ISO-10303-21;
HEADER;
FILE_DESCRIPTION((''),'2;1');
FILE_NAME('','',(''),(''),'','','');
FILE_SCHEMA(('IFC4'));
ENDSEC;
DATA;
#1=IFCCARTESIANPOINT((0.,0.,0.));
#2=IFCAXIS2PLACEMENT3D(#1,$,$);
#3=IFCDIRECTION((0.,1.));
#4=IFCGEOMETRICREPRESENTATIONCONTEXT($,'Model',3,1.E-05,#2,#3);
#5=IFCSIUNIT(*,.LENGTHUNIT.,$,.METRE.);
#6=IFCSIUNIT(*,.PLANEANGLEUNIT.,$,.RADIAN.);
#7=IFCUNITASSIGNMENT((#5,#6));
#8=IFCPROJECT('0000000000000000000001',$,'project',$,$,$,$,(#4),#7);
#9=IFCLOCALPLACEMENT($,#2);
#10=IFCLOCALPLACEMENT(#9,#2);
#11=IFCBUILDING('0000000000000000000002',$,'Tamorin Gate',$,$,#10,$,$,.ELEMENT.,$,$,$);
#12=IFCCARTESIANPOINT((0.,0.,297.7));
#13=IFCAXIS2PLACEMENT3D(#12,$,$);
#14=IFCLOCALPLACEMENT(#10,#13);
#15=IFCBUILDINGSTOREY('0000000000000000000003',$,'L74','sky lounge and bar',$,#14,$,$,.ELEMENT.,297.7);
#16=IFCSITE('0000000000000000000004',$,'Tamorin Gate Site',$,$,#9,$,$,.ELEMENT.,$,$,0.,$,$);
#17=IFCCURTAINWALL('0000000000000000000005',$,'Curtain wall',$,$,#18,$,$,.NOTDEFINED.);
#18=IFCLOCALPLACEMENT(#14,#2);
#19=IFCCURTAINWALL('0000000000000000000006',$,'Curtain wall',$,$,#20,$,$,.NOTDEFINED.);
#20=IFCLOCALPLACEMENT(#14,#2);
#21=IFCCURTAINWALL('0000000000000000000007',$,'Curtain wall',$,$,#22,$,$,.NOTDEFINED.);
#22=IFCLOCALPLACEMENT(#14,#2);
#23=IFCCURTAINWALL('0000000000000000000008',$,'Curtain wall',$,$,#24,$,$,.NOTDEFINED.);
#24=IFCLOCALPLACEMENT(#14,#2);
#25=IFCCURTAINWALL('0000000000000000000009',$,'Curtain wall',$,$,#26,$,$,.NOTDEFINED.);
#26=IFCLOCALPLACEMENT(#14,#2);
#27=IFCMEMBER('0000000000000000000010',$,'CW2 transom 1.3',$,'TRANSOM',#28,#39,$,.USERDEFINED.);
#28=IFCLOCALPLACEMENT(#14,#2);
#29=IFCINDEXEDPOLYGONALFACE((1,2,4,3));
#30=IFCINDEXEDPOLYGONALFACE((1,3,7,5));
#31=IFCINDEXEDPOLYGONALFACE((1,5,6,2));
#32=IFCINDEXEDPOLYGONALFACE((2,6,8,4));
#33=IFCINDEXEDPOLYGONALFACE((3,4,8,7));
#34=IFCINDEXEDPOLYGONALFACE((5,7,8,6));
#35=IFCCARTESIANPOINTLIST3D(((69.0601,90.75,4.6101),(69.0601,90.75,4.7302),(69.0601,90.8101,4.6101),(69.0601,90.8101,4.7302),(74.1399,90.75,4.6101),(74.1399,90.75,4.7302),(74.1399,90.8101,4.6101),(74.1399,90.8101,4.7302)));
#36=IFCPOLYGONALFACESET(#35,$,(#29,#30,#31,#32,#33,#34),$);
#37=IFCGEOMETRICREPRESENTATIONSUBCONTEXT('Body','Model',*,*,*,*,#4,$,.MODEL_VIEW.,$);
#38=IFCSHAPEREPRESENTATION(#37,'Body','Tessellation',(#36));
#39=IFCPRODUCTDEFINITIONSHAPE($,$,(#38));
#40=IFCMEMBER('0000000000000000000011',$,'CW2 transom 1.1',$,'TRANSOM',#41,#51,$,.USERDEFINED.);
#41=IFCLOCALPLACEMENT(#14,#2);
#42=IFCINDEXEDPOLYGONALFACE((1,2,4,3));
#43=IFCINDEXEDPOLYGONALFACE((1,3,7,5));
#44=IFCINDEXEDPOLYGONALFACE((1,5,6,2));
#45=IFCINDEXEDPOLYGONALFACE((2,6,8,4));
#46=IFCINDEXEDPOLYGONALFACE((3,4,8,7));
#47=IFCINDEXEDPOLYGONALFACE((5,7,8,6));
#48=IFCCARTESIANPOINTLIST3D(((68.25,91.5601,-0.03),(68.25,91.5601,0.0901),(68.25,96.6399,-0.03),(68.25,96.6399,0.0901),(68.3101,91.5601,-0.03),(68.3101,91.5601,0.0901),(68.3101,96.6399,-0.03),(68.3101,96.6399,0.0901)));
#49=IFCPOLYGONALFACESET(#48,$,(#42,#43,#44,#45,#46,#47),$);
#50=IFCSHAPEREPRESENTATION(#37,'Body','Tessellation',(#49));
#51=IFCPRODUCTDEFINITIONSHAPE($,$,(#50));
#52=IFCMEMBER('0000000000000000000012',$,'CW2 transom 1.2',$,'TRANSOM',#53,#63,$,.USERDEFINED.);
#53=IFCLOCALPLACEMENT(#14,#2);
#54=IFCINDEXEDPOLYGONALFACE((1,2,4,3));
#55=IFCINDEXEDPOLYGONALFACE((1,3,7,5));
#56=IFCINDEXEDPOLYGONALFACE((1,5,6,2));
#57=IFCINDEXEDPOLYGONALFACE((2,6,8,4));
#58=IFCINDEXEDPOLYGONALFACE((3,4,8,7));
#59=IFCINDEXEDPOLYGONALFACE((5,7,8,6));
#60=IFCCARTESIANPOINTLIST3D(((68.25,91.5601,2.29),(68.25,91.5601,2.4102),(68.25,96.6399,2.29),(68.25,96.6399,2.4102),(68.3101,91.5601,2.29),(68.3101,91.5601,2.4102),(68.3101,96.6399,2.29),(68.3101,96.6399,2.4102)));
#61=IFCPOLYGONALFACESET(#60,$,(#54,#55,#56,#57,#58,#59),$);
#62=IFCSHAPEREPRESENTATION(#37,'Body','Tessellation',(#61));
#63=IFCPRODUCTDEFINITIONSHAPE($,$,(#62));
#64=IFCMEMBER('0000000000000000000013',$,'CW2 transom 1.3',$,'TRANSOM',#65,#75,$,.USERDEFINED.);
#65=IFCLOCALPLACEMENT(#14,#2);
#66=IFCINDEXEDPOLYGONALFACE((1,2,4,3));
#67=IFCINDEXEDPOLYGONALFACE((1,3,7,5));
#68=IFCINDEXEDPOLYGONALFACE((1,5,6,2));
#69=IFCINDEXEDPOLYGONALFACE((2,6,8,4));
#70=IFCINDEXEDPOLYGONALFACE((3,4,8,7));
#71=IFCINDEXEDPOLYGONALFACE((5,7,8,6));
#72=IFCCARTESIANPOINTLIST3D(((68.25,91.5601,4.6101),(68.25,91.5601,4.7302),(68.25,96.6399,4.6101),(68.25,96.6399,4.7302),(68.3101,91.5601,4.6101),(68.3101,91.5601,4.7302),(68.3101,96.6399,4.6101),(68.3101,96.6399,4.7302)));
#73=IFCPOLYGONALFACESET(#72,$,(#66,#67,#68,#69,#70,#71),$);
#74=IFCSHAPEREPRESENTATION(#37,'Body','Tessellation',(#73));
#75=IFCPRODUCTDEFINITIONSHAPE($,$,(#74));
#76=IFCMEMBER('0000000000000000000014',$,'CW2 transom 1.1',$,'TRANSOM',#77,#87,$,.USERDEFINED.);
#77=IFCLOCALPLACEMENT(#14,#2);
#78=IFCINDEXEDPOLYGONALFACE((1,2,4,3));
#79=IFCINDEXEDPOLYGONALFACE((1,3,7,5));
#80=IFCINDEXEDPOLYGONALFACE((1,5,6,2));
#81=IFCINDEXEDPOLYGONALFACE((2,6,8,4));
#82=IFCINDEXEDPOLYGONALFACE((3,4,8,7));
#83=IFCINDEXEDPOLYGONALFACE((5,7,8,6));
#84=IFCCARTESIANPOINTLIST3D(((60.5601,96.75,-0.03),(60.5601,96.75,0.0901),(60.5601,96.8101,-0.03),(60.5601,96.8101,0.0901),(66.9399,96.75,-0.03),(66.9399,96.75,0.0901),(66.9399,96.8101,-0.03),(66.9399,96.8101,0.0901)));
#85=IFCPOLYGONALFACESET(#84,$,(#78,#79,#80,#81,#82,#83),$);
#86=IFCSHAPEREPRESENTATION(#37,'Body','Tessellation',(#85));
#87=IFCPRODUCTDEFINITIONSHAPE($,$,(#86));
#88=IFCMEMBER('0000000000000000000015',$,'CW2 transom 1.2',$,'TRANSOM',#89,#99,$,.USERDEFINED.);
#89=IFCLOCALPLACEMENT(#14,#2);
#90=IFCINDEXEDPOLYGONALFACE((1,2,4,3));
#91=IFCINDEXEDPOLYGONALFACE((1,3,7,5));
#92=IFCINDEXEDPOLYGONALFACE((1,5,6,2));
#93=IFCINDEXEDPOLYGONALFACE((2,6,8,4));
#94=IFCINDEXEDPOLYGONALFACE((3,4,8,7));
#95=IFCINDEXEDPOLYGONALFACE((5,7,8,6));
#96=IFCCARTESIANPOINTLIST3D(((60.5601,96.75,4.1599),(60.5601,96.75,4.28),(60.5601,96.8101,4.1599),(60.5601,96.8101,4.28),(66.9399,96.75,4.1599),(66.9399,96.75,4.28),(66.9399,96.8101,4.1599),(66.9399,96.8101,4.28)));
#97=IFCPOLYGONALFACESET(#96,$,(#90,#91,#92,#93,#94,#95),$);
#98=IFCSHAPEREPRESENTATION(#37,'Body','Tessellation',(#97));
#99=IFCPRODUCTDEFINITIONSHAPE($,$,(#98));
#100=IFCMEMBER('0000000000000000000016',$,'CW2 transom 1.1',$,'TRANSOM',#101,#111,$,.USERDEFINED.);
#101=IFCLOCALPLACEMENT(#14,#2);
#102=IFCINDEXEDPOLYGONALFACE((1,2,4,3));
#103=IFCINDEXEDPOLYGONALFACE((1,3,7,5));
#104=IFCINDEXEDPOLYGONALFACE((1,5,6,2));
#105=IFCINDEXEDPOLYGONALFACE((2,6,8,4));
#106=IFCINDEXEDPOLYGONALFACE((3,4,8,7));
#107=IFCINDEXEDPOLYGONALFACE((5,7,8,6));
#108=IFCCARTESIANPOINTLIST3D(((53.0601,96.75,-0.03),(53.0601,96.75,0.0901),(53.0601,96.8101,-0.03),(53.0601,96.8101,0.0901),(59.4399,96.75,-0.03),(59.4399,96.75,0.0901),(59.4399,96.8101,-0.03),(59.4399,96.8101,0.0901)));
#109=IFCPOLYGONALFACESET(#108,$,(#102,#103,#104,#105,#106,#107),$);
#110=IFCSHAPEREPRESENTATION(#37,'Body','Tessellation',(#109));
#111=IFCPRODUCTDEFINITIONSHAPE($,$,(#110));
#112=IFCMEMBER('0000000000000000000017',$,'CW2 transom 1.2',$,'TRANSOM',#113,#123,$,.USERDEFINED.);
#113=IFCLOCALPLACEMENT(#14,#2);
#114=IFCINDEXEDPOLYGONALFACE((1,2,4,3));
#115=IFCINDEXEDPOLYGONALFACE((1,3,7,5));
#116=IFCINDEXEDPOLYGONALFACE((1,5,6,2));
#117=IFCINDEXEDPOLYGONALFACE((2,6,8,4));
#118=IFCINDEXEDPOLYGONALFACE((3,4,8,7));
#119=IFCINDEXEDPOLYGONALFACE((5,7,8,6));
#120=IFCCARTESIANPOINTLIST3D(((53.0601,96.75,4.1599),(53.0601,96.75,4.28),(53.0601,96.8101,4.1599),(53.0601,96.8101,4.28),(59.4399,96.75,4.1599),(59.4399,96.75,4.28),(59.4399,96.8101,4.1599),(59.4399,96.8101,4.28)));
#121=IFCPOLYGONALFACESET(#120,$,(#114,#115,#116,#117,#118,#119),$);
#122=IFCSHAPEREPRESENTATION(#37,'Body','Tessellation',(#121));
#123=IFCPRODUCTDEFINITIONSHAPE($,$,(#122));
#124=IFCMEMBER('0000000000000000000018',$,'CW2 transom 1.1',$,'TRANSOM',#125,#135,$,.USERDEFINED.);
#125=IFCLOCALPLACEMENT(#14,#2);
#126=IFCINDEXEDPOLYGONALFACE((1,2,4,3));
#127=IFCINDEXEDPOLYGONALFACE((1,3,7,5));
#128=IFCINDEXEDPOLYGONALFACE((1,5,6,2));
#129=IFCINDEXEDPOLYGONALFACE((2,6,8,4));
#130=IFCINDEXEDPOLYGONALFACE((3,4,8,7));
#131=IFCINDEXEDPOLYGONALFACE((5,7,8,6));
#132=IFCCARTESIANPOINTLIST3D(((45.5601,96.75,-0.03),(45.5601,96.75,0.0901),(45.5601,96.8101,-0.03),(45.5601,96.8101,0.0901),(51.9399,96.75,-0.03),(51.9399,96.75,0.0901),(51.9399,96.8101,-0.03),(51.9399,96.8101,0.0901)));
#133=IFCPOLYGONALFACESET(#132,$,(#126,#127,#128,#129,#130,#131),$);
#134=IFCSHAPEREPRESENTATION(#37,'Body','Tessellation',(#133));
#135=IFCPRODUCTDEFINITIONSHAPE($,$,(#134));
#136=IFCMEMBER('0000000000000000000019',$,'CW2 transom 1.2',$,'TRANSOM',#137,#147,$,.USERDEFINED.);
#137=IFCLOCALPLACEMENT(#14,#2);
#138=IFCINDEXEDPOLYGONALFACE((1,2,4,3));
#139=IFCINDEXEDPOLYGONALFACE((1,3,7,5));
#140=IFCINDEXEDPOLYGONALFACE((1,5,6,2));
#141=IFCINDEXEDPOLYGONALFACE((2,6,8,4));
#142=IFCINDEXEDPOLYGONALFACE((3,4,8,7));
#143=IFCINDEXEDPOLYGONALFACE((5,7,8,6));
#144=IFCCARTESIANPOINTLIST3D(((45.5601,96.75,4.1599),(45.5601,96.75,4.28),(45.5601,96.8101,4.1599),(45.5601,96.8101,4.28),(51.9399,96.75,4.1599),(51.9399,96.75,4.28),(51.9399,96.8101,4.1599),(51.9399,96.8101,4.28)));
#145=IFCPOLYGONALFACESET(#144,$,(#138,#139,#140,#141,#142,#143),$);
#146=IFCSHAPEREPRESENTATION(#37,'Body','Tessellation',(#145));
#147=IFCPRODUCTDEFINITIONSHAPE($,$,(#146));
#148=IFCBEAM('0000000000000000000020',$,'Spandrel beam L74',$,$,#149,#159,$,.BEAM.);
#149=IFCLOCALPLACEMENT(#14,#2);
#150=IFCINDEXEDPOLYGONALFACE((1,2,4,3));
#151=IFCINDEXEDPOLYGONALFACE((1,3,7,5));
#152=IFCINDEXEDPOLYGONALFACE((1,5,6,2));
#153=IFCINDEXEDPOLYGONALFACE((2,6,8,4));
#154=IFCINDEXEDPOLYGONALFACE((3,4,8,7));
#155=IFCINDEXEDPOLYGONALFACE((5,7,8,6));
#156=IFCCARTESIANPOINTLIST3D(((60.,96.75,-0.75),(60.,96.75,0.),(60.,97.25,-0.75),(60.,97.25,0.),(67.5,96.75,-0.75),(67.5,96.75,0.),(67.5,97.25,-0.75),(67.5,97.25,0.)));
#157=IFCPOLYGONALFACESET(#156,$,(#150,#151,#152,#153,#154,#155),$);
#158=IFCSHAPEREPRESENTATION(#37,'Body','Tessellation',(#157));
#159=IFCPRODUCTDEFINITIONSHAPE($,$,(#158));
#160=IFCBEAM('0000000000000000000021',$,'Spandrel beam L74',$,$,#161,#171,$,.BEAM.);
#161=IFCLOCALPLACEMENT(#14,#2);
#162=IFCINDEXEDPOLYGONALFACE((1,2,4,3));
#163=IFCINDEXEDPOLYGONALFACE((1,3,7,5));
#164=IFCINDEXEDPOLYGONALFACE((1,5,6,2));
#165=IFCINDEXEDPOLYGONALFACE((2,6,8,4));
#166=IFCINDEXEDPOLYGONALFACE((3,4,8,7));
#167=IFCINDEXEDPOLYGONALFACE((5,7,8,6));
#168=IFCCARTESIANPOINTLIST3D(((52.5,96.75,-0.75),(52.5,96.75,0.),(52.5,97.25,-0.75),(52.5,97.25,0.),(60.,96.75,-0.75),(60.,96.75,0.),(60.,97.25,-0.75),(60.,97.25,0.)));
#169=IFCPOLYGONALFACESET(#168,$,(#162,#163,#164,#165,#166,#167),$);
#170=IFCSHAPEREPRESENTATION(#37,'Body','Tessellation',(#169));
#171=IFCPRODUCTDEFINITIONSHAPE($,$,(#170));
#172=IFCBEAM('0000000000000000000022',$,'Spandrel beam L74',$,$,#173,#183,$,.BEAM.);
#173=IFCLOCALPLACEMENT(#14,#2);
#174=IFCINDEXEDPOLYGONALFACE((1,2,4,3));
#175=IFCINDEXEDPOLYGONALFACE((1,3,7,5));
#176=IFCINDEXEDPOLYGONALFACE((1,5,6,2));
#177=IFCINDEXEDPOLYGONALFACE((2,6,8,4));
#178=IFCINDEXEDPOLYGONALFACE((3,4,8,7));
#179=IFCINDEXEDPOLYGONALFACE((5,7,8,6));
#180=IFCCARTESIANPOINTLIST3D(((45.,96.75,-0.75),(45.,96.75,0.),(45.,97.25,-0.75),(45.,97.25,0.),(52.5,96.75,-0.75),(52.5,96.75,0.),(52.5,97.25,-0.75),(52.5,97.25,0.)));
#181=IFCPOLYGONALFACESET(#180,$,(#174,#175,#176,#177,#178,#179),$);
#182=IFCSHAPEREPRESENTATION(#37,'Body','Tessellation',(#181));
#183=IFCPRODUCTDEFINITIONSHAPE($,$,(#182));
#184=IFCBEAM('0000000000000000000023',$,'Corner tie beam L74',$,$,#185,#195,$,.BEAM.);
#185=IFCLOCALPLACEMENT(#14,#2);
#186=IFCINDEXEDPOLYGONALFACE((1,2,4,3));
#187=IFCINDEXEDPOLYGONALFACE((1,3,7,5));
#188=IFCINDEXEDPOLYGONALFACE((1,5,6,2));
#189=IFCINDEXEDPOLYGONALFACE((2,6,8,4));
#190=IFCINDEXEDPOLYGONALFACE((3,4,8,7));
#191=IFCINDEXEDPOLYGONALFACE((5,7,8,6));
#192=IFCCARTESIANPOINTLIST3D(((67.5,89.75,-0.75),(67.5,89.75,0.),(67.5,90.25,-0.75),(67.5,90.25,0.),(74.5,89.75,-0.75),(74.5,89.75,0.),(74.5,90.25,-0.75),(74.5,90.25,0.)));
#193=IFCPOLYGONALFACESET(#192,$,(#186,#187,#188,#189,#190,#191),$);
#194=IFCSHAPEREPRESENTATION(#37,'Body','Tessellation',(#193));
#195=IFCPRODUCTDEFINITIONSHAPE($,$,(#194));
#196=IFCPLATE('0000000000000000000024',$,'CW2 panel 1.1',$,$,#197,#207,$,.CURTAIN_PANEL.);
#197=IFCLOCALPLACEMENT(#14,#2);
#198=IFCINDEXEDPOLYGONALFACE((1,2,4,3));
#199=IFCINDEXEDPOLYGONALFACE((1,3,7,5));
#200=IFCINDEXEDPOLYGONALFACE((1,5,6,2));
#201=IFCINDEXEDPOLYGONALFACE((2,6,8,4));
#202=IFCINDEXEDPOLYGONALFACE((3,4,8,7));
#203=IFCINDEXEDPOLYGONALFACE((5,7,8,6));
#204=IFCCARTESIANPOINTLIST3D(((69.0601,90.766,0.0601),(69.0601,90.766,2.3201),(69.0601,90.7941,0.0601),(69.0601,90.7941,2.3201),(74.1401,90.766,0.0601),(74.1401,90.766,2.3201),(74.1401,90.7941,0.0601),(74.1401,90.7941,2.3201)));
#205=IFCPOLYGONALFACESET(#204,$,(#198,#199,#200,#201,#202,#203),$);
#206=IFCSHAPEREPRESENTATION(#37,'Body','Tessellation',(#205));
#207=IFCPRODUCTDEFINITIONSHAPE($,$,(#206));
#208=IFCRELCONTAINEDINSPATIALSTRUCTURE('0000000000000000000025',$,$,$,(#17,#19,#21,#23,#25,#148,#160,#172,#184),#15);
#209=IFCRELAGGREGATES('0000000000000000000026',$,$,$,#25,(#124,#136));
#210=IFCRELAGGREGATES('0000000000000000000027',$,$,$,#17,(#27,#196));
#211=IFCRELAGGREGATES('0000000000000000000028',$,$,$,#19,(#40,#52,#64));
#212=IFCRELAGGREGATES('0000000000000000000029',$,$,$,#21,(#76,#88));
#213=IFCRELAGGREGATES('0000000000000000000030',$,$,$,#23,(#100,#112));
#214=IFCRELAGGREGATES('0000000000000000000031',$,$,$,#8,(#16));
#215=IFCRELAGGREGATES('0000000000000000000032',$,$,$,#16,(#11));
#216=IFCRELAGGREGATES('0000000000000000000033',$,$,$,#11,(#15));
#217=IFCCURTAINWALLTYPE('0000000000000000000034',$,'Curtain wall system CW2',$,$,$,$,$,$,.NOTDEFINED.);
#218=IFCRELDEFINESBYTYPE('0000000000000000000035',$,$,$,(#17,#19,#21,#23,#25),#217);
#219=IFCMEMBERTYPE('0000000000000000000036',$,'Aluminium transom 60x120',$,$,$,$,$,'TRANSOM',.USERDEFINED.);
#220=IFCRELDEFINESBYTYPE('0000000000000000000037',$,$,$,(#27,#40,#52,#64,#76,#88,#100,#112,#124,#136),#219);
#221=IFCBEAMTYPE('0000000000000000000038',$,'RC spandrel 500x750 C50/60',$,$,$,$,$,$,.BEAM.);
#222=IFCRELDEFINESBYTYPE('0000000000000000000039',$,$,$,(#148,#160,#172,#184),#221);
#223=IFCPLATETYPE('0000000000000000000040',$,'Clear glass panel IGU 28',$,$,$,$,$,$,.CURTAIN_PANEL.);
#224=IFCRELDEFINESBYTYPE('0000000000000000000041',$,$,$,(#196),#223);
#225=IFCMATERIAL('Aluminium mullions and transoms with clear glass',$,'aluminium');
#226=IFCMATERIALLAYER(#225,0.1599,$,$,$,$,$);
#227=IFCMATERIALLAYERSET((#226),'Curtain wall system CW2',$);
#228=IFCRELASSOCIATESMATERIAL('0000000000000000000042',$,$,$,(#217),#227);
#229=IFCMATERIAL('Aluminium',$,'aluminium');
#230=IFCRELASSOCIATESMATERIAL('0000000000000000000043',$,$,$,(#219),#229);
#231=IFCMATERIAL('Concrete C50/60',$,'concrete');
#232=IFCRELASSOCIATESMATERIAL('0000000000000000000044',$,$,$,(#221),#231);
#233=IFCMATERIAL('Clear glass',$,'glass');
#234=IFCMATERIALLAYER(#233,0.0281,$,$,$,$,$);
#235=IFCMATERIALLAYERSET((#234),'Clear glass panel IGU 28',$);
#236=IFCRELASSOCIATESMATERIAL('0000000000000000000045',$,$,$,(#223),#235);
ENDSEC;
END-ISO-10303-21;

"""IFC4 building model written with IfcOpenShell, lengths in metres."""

from ifc_helpers import new_model, si_unit, direction, frame, origin, origin_2d, place, context, subcontext, project, spatial, rectangle, extrude, material, layer, layer_set, material_profile, profile_set, type_object, element, aggregate, save


model = new_model("IFC4")

# Units and contexts
model_context = context("Model", 3, precision=1e-05, world=origin(), true_north=direction((0.0, 1.0)))
body_context = subcontext(model_context, "Body", "Model", "MODEL_VIEW")
ifc_project = project(units=[si_unit("LENGTHUNIT", "METRE"), si_unit("PLANEANGLEUNIT", "RADIAN")], contexts=[model_context])

# Site, building, storey
site_placement = place(None, origin())
site = spatial("IfcSite", under=ifc_project, at=site_placement, Name="Tamorin Gate Site", CompositionType="ELEMENT", RefElevation=0.0)
building_placement = place(site_placement, origin())
building = spatial("IfcBuilding", under=site, at=building_placement, Name="Tamorin Gate", CompositionType="ELEMENT")
storey_placement = place(building_placement, frame((0.0, 0.0, 297.7)))
storey = spatial("IfcBuildingStorey", under=building, at=storey_placement, Name="L74", Description="sky lounge and bar", CompositionType="ELEMENT", Elevation=297.7)

# Shared definitions
ifc_material_1 = material(Name="Concrete C50/60", Category="concrete")

# Curtain walls
ifc_material_2 = material(Name="Aluminium mullions and transoms with clear glass", Category="aluminium")
ifc_layer_1 = layer(ifc_material_2, 0.1599)
ifc_layer_set_1 = layer_set([ifc_layer_1], Name="Curtain wall system CW2")
curtain_wall_type = type_object("IfcCurtainWallType", Name="Curtain wall system CW2", PredefinedType="NOTDEFINED", material=ifc_layer_set_1)
curtain_wall_1_placement = place(storey_placement, origin())
curtain_wall_1 = element("IfcCurtainWall", 1, at=curtain_wall_1_placement, inside=storey, type_object=curtain_wall_type, Name="Curtain wall", PredefinedType="NOTDEFINED")
ifc_material_3 = material(Name="Aluminium", Category="aluminium")
curtain_wall_2_placement = place(storey_placement, origin())
curtain_wall_2 = element("IfcCurtainWall", 2, at=curtain_wall_2_placement, inside=storey, type_object=curtain_wall_type, Name="Curtain wall", PredefinedType="NOTDEFINED")
curtain_wall_3_placement = place(storey_placement, origin())
curtain_wall_3 = element("IfcCurtainWall", 3, at=curtain_wall_3_placement, inside=storey, type_object=curtain_wall_type, Name="Curtain wall", PredefinedType="NOTDEFINED")
curtain_wall_4_placement = place(storey_placement, origin())
curtain_wall_4 = element("IfcCurtainWall", 4, at=curtain_wall_4_placement, inside=storey, type_object=curtain_wall_type, Name="Curtain wall", PredefinedType="NOTDEFINED")

# Curtain wall
curtain_wall_5_placement = place(storey_placement, origin())
curtain_wall_5 = element("IfcCurtainWall", 5, at=curtain_wall_5_placement, inside=storey, type_object=curtain_wall_type, Name="Curtain wall", PredefinedType="NOTDEFINED")

# Members
ifc_material_profile_1 = material_profile(ifc_material_3, rectangle(XDim=0.0601, YDim=0.1201, at=origin_2d()), Name="RECT 60x120")
ifc_profile_set_1 = profile_set([ifc_material_profile_1], Name="Aluminium")
member_type_1 = type_object("IfcMemberType", Name="Aluminium transom 60x120", ElementType="TRANSOM", PredefinedType="USERDEFINED", material=ifc_profile_set_1)
member_1_placement = place(storey_placement, frame((74.1399, 90.78, 4.6702), z_axis=(-1.0, 0.0, 0.0), x_axis=(0.0, -1.0, 0.0)))
member_1 = element("IfcMember", 6, at=member_1_placement, type_object=member_type_1, Name="CW2 transom 1.3", ObjectType="TRANSOM", PredefinedType="USERDEFINED", context=body_context, shape_type="SweptSolid", body=[
    extrude(rectangle(XDim=0.0601, YDim=0.1201, at=origin_2d()), origin(), (0.0, 0.0, 1.0), 5.0798),
])
member_2_placement = place(storey_placement, frame((68.28, 91.5601, 0.03), z_axis=(0.0, 1.0, 0.0), x_axis=(-1.0, 0.0, 0.0)))
member_2 = element("IfcMember", 7, at=member_2_placement, type_object=member_type_1, Name="CW2 transom 1.1", ObjectType="TRANSOM", PredefinedType="USERDEFINED", context=body_context, shape_type="SweptSolid", body=[
    extrude(rectangle(XDim=0.0601, YDim=0.1201, at=origin_2d()), origin(), (0.0, 0.0, 1.0), 5.0798),
])
member_3_placement = place(storey_placement, frame((68.28, 91.5601, 2.3501), z_axis=(0.0, 1.0, 0.0), x_axis=(-1.0, 0.0, 0.0)))
member_3 = element("IfcMember", 8, at=member_3_placement, type_object=member_type_1, Name="CW2 transom 1.2", ObjectType="TRANSOM", PredefinedType="USERDEFINED", context=body_context, shape_type="SweptSolid", body=[
    extrude(rectangle(XDim=0.0601, YDim=0.1201, at=origin_2d()), origin(), (0.0, 0.0, 1.0), 5.0798),
])
member_4_placement = place(storey_placement, frame((68.28, 91.5601, 4.6702), z_axis=(0.0, 1.0, 0.0), x_axis=(-1.0, 0.0, 0.0)))
member_4 = element("IfcMember", 9, at=member_4_placement, type_object=member_type_1, Name="CW2 transom 1.3", ObjectType="TRANSOM", PredefinedType="USERDEFINED", context=body_context, shape_type="SweptSolid", body=[
    extrude(rectangle(XDim=0.0601, YDim=0.1201, at=origin_2d()), origin(), (0.0, 0.0, 1.0), 5.0798),
])
member_5_placement = place(storey_placement, frame((66.9399, 96.78, 0.03), z_axis=(-1.0, 0.0, 0.0), x_axis=(0.0, -1.0, 0.0)))
member_5 = element("IfcMember", 10, at=member_5_placement, type_object=member_type_1, Name="CW2 transom 1.1", ObjectType="TRANSOM", PredefinedType="USERDEFINED", context=body_context, shape_type="SweptSolid", body=[
    extrude(rectangle(XDim=0.0601, YDim=0.1201, at=origin_2d()), origin(), (0.0, 0.0, 1.0), 6.3799),
])
member_6_placement = place(storey_placement, frame((66.9399, 96.78, 4.22), z_axis=(-1.0, 0.0, 0.0), x_axis=(0.0, -1.0, 0.0)))
member_6 = element("IfcMember", 11, at=member_6_placement, type_object=member_type_1, Name="CW2 transom 1.2", ObjectType="TRANSOM", PredefinedType="USERDEFINED", context=body_context, shape_type="SweptSolid", body=[
    extrude(rectangle(XDim=0.0601, YDim=0.1201, at=origin_2d()), origin(), (0.0, 0.0, 1.0), 6.3799),
])
member_7_placement = place(storey_placement, frame((59.4399, 96.78, 0.03), z_axis=(-1.0, 0.0, 0.0), x_axis=(0.0, -1.0, 0.0)))
member_7 = element("IfcMember", 12, at=member_7_placement, type_object=member_type_1, Name="CW2 transom 1.1", ObjectType="TRANSOM", PredefinedType="USERDEFINED", context=body_context, shape_type="SweptSolid", body=[
    extrude(rectangle(XDim=0.0601, YDim=0.1201, at=origin_2d()), origin(), (0.0, 0.0, 1.0), 6.3799),
])
member_8_placement = place(storey_placement, frame((59.4399, 96.78, 4.22), z_axis=(-1.0, 0.0, 0.0), x_axis=(0.0, -1.0, 0.0)))
member_8 = element("IfcMember", 13, at=member_8_placement, type_object=member_type_1, Name="CW2 transom 1.2", ObjectType="TRANSOM", PredefinedType="USERDEFINED", context=body_context, shape_type="SweptSolid", body=[
    extrude(rectangle(XDim=0.0601, YDim=0.1201, at=origin_2d()), origin(), (0.0, 0.0, 1.0), 6.3799),
])
member_9_placement = place(storey_placement, frame((51.9399, 96.78, 0.03), z_axis=(-1.0, 0.0, 0.0), x_axis=(0.0, -1.0, 0.0)))
member_9 = element("IfcMember", 14, at=member_9_placement, type_object=member_type_1, Name="CW2 transom 1.1", ObjectType="TRANSOM", PredefinedType="USERDEFINED", context=body_context, shape_type="SweptSolid", body=[
    extrude(rectangle(XDim=0.0601, YDim=0.1201, at=origin_2d()), origin(), (0.0, 0.0, 1.0), 6.3799),
])
member_10_placement = place(storey_placement, frame((51.9399, 96.78, 4.22), z_axis=(-1.0, 0.0, 0.0), x_axis=(0.0, -1.0, 0.0)))
member_10 = element("IfcMember", 15, at=member_10_placement, type_object=member_type_1, Name="CW2 transom 1.2", ObjectType="TRANSOM", PredefinedType="USERDEFINED", context=body_context, shape_type="SweptSolid", body=[
    extrude(rectangle(XDim=0.0601, YDim=0.1201, at=origin_2d()), origin(), (0.0, 0.0, 1.0), 6.3799),
])
aggregate(curtain_wall_5, [member_9, member_10])

# Beams
ifc_material_profile_2 = material_profile(ifc_material_1, rectangle(XDim=0.5, YDim=0.75, at=origin_2d()), Name="RC 500x750")
ifc_profile_set_2 = profile_set([ifc_material_profile_2], Name="Concrete C50/60")
beam_type = type_object("IfcBeamType", Name="RC spandrel 500x750 C50/60", PredefinedType="BEAM", material=ifc_profile_set_2)
for number, where, z_axis, x_axis, name in (
    (16, (67.5, 97.0, -0.375), (-1.0, 0.0, 0.0), (0.0, -1.0, 0.0), "Spandrel beam L74"),
    (17, (60.0, 97.0, -0.375), (-1.0, 0.0, 0.0), (0.0, -1.0, 0.0), "Spandrel beam L74"),
    (18, (52.5, 97.0, -0.375), (-1.0, 0.0, 0.0), (0.0, -1.0, 0.0), "Spandrel beam L74"),
):
    element("IfcBeam", number, at=place(storey_placement, frame(where, z_axis=z_axis, x_axis=x_axis)), inside=storey, type_object=beam_type, Name=name, PredefinedType="BEAM", context=body_context, shape_type="SweptSolid", body=[
        extrude(rectangle(XDim=0.5, YDim=0.75, at=origin_2d()), origin(), (0.0, 0.0, 1.0), 7.5),
    ])
beam_placement = place(storey_placement, frame((67.5, 90.0, -0.375), z_axis=(1.0, 0.0, 0.0), x_axis=(0.0, 1.0, 0.0)))
element("IfcBeam", 19, at=beam_placement, inside=storey, type_object=beam_type, Name="Corner tie beam L74", PredefinedType="BEAM", context=body_context, shape_type="SweptSolid", body=[
    extrude(rectangle(XDim=0.5, YDim=0.75, at=origin_2d()), origin(), (0.0, 0.0, 1.0), 7.0),
])

# Plate
ifc_material_4 = material(Name="Clear glass", Category="glass")
ifc_layer_2 = layer(ifc_material_4, 0.0281)
ifc_layer_set_2 = layer_set([ifc_layer_2], Name="Clear glass panel IGU 28")
plate_type = type_object("IfcPlateType", Name="Clear glass panel IGU 28", PredefinedType="CURTAIN_PANEL", material=ifc_layer_set_2)
plate_1_placement = place(storey_placement, frame((71.6001, 90.78, 0.0601), z_axis=(0.0, 0.0, 1.0), x_axis=(-1.0, 0.0, 0.0)))
plate_1 = element("IfcPlate", 20, at=plate_1_placement, type_object=plate_type, Name="CW2 panel 1.1", PredefinedType="CURTAIN_PANEL", context=body_context, shape_type="SweptSolid", body=[
    extrude(rectangle(XDim=5.0801, YDim=0.0281, at=origin_2d()), origin(), (0.0, 0.0, 1.0), 2.26),
])
aggregate(curtain_wall_1, [member_1, plate_1])
aggregate(curtain_wall_2, [member_2, member_3, member_4])
aggregate(curtain_wall_3, [member_5, member_6])
aggregate(curtain_wall_4, [member_7, member_8])

save(model, "model.ifc")
